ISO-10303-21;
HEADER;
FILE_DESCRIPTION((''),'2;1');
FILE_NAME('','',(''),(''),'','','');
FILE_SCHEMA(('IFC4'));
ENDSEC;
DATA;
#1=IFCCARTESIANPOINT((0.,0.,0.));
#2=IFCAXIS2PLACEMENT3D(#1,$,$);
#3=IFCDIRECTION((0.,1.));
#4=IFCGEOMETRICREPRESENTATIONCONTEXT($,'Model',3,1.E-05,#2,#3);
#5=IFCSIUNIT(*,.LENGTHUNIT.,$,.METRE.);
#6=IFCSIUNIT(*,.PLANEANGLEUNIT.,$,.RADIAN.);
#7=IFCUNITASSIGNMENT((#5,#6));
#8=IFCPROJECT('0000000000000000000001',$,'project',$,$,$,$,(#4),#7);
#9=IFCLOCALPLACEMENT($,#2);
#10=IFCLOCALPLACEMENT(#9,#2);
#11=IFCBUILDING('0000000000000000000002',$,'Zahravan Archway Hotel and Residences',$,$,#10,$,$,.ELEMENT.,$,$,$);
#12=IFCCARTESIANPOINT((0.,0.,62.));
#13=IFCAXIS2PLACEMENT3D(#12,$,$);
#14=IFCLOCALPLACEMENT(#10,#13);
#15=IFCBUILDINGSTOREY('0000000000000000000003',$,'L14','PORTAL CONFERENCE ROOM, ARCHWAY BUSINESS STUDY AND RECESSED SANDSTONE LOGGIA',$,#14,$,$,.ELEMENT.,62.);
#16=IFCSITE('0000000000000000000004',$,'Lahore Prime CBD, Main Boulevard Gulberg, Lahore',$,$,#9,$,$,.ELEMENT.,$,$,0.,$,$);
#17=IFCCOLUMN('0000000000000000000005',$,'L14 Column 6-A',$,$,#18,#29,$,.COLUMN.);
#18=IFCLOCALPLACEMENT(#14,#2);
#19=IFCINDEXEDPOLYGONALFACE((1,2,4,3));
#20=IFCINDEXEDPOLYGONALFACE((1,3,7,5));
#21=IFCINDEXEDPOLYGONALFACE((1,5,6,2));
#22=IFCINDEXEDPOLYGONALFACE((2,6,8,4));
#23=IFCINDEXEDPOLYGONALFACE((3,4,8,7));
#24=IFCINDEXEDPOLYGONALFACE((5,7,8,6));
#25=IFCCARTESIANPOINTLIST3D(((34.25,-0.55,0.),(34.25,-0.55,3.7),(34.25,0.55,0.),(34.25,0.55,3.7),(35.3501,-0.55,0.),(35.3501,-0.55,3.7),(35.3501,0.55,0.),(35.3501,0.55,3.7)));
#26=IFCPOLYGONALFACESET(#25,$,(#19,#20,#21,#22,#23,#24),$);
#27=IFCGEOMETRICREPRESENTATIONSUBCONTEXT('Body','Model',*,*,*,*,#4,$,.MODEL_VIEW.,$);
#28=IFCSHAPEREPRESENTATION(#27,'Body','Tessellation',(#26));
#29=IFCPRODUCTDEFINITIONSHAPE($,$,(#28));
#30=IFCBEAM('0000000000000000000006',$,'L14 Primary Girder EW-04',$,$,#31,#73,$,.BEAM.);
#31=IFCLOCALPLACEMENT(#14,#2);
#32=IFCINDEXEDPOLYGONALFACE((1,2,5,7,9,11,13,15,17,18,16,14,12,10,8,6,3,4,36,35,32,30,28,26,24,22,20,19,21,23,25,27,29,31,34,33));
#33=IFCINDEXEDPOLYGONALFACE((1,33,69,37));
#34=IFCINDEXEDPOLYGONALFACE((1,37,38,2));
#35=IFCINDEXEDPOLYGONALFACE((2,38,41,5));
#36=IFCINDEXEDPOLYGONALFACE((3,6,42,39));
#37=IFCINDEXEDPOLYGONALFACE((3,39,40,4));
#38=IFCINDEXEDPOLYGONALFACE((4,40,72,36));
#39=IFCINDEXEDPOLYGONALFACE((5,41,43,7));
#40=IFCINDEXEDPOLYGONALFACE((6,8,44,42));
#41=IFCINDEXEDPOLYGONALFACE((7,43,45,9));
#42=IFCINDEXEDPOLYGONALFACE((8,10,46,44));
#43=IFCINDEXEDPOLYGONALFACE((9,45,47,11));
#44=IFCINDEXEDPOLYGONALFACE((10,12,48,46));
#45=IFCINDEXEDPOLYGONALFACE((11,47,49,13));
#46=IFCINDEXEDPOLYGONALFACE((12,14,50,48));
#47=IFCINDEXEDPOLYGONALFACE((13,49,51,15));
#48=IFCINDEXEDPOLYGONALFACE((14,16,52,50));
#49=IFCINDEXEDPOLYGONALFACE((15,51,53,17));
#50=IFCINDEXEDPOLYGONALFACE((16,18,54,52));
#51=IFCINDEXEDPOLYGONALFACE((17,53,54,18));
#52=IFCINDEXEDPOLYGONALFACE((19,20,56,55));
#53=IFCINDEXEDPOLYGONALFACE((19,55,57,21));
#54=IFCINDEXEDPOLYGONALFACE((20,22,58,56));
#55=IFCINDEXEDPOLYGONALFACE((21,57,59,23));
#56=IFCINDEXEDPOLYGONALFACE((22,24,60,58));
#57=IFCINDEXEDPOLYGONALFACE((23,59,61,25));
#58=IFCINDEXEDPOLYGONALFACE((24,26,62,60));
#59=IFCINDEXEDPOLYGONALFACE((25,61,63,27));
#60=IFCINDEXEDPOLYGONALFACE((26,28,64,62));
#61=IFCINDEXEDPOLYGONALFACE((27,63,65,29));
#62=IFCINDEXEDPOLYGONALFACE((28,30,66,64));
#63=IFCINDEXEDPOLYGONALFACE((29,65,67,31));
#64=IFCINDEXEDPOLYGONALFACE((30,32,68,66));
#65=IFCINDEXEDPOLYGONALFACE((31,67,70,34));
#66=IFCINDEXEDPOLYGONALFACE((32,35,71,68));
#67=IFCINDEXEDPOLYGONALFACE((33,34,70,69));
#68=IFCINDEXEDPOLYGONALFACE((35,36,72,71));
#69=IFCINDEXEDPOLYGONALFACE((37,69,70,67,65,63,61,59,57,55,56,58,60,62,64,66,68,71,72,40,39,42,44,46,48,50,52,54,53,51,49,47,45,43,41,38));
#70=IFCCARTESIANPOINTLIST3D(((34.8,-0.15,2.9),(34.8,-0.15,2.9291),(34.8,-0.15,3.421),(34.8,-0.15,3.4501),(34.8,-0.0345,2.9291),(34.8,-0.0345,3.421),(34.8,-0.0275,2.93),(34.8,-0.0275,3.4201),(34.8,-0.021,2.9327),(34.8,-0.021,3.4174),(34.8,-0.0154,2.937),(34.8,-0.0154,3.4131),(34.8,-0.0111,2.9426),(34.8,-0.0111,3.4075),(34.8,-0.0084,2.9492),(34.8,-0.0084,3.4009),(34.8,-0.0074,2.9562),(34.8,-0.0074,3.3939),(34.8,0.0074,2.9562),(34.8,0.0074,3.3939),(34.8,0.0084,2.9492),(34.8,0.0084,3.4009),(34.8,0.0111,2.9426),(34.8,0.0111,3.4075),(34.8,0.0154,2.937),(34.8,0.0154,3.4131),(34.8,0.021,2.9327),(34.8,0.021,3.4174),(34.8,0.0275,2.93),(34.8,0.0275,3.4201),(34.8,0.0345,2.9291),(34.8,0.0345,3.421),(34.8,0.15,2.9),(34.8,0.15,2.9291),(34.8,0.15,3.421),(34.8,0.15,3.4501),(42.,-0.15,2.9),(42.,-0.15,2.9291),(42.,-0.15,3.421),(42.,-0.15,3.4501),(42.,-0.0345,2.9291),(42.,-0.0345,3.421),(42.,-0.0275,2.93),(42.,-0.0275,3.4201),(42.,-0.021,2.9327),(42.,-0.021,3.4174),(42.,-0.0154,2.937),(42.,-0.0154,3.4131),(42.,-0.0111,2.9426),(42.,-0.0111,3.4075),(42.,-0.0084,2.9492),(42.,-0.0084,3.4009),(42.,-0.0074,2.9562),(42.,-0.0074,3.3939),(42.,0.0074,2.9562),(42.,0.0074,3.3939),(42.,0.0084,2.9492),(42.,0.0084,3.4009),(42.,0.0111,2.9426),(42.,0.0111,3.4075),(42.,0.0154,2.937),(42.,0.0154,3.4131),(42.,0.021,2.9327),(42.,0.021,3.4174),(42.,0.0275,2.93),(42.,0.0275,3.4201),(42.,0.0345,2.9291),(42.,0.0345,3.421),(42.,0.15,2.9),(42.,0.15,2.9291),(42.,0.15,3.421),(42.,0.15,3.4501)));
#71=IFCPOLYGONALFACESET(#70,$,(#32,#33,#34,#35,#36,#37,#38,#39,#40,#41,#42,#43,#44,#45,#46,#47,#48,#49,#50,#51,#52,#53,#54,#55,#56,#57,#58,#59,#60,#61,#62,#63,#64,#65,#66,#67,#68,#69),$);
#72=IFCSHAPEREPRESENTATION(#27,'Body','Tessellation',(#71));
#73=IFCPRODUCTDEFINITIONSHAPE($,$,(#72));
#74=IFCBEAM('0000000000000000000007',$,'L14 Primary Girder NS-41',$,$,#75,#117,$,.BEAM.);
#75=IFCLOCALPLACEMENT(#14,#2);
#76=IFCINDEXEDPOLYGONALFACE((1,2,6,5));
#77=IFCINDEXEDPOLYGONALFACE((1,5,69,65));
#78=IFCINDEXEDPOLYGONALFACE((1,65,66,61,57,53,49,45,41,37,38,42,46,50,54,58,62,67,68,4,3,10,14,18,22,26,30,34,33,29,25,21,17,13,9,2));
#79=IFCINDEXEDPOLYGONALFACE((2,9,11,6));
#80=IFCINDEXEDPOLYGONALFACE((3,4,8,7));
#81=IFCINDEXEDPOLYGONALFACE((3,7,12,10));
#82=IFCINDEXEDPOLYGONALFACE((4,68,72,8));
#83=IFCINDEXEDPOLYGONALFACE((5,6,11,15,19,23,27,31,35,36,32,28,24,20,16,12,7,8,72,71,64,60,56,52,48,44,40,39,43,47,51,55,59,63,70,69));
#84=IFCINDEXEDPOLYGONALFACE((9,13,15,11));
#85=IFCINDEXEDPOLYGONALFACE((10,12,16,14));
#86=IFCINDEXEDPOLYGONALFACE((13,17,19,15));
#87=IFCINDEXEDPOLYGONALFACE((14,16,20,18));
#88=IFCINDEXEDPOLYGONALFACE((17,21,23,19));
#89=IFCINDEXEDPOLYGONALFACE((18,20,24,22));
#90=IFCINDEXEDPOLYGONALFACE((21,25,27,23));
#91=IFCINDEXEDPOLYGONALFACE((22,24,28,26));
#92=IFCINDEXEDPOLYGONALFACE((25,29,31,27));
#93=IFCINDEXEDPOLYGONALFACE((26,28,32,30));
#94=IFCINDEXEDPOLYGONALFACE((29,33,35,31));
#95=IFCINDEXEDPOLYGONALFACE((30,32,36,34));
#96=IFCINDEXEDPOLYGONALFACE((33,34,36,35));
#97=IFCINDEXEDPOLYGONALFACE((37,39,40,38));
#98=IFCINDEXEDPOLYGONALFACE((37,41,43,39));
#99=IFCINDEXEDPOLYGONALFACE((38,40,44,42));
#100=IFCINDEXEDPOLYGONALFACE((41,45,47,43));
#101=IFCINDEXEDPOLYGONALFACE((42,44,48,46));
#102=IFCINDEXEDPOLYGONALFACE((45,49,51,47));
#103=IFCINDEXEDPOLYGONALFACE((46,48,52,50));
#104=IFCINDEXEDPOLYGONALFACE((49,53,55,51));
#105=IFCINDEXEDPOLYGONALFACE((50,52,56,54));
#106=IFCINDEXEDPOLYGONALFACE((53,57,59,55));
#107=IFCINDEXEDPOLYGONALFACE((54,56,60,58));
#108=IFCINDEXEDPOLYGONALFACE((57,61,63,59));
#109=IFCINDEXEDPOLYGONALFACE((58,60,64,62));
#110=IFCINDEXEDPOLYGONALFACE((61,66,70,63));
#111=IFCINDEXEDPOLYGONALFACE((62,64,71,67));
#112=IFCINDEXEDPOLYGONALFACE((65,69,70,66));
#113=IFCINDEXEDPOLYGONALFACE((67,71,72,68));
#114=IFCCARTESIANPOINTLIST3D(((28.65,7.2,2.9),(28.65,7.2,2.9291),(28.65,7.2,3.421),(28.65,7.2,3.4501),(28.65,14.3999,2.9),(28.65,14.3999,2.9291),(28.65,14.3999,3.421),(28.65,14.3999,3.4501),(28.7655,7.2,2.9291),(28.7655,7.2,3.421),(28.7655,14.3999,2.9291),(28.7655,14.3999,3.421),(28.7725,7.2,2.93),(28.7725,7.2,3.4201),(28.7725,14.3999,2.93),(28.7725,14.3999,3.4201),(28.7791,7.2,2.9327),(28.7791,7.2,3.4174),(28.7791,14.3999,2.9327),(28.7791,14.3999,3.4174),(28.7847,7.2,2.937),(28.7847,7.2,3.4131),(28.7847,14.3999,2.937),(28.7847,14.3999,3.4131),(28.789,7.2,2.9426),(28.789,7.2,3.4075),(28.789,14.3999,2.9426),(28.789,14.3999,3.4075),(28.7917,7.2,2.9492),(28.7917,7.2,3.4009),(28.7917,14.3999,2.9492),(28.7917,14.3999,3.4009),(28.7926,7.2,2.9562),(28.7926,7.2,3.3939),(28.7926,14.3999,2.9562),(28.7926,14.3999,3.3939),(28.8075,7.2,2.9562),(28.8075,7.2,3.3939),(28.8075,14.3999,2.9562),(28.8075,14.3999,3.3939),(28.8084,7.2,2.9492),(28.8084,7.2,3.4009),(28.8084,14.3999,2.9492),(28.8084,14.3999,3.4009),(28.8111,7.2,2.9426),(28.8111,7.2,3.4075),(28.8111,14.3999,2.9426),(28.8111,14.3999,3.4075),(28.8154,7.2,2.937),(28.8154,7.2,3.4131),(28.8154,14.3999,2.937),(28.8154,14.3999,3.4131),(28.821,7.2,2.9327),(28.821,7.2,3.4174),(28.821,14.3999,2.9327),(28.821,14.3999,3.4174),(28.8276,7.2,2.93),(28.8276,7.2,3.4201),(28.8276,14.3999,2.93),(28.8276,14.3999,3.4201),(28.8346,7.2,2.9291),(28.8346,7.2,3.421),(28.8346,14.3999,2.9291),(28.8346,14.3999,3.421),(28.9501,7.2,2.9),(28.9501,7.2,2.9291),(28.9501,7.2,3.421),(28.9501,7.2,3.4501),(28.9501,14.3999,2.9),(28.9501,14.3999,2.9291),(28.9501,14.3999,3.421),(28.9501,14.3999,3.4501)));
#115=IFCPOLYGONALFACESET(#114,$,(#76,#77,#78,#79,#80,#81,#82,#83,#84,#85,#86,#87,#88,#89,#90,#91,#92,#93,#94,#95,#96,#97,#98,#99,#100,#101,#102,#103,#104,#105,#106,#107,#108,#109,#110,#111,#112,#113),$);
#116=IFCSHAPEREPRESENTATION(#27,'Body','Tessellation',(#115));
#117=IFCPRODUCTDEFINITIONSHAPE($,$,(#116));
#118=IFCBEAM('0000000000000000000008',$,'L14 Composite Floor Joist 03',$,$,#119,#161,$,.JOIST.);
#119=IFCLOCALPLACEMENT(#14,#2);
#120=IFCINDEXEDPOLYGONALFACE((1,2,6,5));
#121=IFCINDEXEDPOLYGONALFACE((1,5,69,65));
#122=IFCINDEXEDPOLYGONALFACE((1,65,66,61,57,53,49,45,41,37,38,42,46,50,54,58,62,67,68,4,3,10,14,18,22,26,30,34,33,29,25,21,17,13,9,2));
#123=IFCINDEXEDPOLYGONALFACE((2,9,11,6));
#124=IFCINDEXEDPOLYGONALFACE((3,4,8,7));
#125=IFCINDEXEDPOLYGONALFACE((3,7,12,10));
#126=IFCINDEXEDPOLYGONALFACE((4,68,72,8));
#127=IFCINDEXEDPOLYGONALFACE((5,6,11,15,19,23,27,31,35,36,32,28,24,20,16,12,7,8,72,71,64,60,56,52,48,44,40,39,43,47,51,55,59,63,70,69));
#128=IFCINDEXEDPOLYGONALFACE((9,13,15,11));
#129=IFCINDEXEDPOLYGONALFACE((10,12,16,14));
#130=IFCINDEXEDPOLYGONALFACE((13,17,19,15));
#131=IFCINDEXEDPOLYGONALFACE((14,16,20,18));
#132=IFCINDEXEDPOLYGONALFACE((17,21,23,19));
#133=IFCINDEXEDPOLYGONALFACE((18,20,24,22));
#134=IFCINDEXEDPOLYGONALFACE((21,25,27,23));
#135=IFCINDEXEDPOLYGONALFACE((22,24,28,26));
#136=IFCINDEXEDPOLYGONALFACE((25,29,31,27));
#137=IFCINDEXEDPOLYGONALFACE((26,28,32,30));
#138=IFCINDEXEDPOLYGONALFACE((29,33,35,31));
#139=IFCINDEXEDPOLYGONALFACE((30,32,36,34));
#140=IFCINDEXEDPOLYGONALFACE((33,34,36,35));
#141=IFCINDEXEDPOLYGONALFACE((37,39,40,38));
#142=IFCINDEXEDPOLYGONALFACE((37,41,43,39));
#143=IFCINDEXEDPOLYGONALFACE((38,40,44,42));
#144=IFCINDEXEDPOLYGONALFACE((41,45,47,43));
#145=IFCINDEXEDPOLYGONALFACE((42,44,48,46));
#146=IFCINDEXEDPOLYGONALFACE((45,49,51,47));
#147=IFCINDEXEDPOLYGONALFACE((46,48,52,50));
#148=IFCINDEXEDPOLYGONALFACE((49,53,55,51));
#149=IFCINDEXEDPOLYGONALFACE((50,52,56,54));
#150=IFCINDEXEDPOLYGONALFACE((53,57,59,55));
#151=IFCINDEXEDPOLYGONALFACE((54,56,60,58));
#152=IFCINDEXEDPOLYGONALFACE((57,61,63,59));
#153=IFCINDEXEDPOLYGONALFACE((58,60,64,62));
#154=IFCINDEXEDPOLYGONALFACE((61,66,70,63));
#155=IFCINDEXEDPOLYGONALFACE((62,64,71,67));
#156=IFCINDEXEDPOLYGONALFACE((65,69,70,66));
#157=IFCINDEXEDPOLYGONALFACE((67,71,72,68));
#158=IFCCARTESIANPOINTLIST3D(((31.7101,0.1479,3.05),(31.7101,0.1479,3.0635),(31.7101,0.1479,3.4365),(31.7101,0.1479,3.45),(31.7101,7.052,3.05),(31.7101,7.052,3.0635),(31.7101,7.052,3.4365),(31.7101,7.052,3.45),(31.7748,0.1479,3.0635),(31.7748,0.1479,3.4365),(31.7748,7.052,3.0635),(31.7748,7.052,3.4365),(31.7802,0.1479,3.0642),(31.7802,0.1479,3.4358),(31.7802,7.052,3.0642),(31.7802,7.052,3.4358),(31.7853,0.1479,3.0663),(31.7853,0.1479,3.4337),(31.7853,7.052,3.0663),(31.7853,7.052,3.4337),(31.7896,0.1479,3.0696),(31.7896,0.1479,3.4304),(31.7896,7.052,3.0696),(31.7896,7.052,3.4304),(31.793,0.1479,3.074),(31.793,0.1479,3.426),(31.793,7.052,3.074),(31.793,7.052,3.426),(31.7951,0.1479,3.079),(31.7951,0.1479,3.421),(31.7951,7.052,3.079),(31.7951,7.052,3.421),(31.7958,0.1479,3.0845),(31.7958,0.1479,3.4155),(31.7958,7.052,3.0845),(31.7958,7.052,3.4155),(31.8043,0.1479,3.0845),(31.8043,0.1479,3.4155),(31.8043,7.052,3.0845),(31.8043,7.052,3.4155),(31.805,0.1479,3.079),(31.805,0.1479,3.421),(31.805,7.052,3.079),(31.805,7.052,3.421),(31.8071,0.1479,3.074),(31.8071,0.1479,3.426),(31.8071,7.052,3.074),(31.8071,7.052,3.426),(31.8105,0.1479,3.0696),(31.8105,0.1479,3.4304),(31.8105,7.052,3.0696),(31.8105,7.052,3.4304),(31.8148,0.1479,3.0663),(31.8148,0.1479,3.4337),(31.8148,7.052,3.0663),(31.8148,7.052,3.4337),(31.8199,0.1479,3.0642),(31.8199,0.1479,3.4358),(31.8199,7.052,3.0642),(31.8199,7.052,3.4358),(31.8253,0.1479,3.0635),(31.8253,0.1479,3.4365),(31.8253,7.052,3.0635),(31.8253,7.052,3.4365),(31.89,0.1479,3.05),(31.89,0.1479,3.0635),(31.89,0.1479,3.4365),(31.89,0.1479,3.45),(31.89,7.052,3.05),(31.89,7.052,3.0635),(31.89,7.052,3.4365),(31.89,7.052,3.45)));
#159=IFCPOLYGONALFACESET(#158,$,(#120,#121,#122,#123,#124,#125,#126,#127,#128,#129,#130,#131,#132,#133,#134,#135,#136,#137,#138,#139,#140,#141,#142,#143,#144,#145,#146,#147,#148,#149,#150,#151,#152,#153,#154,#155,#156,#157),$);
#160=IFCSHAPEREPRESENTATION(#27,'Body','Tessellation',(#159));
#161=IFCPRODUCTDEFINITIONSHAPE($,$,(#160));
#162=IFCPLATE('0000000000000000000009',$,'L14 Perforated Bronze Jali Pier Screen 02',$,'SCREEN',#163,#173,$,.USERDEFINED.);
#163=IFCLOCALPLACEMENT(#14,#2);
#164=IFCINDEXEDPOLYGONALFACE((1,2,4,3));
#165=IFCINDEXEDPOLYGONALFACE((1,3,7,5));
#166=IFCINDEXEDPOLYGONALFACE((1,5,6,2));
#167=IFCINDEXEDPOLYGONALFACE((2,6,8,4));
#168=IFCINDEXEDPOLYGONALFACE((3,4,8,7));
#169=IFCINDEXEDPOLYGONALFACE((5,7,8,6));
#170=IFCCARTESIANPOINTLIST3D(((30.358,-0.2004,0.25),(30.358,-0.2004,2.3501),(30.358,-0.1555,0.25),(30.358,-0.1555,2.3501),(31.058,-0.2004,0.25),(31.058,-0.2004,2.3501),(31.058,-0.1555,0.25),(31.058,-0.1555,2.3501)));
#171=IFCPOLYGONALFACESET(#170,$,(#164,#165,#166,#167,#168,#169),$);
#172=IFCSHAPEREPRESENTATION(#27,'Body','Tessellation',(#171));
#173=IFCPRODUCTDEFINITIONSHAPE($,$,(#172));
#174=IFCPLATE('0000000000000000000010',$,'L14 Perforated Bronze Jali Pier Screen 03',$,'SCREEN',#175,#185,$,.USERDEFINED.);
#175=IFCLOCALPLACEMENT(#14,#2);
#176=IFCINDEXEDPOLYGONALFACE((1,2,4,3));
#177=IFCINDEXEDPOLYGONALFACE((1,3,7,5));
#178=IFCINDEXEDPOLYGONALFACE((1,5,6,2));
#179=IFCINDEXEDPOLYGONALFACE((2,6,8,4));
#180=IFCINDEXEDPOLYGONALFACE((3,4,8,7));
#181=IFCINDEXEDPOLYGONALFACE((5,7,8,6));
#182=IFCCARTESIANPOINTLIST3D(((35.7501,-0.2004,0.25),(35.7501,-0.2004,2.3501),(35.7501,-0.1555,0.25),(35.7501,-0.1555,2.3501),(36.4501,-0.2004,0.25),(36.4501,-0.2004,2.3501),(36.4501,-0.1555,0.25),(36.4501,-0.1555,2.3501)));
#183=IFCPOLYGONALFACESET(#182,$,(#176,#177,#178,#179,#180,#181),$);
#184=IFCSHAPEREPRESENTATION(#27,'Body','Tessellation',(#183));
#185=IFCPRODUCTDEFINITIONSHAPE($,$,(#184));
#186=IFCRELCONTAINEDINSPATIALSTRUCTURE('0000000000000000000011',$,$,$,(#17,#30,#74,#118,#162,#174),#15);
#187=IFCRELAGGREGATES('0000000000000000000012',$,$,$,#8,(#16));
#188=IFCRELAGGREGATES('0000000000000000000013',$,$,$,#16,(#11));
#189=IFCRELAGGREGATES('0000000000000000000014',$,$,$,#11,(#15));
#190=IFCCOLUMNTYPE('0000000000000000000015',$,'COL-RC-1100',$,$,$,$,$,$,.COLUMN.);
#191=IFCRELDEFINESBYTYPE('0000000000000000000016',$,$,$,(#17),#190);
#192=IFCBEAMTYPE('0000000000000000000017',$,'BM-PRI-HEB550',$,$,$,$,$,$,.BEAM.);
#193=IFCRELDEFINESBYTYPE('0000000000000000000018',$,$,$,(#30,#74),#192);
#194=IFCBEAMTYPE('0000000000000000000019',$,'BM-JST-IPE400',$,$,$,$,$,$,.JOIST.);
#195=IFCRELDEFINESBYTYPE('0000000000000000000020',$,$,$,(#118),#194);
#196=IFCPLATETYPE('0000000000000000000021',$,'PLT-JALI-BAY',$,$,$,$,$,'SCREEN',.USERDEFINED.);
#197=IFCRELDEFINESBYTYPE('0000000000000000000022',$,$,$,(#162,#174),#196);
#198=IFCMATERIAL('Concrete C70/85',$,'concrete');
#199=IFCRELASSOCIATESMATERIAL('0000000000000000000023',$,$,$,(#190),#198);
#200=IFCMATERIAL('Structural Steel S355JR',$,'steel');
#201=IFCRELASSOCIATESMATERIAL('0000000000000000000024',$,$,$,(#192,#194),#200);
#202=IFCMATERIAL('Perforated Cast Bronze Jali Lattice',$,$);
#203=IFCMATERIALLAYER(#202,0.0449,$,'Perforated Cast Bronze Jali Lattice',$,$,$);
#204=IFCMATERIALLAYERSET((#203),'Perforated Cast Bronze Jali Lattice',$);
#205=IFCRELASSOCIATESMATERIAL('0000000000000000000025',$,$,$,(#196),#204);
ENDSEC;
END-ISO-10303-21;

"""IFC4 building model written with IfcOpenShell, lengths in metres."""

from ifc_helpers import new_model, si_unit, direction, frame, origin, origin_2d, place, context, subcontext, project, spatial, rectangle, i_section, extrude, source, transform, mapped, material, layer, layer_set, material_profile, profile_set, type_object, type_shapes, element, save


model = new_model("IFC4")

# Units and contexts
model_context = context("Model", 3, precision=1e-05, world=origin(), true_north=direction((0.0, 1.0)))
body_context = subcontext(model_context, "Body", "Model", "MODEL_VIEW")
ifc_project = project(units=[si_unit("LENGTHUNIT", "METRE"), si_unit("PLANEANGLEUNIT", "RADIAN")], contexts=[model_context])

# Site, building, storey
site_placement = place(None, origin())
site = spatial("IfcSite", under=ifc_project, at=site_placement, Name="Lahore Prime CBD, Main Boulevard Gulberg, Lahore", CompositionType="ELEMENT", RefElevation=0.0)
building_placement = place(site_placement, origin())
building = spatial("IfcBuilding", under=site, at=building_placement, Name="Zahravan Archway Hotel and Residences", CompositionType="ELEMENT")
storey_placement = place(building_placement, frame((0.0, 0.0, 62.0)))
storey = spatial("IfcBuildingStorey", under=building, at=storey_placement, Name="L14", Description="PORTAL CONFERENCE ROOM, ARCHWAY BUSINESS STUDY AND RECESSED SANDSTONE LOGGIA", CompositionType="ELEMENT", Elevation=62.0)

# Column
ifc_material_1 = material(Name="Concrete C70/85", Category="concrete")
ifc_material_profile_1 = material_profile(ifc_material_1, rectangle(XDim=1.1001, YDim=1.1001, at=origin_2d()), Name="RC 1100x1100", Category="concrete")
ifc_profile_set_1 = profile_set([ifc_material_profile_1], Name="Concrete C70/85")
column_type = type_object("IfcColumnType", Name="COL-RC-1100", PredefinedType="COLUMN", material=ifc_profile_set_1)
shared_shape_1 = source(origin(), body_context, "Body", "SweptSolid", [
    extrude(rectangle(XDim=1.1001, YDim=1.1001, at=origin_2d()), origin(), (0.0, 0.0, 1.0), 3.7),
])
column_placement = place(storey_placement, frame((34.8, 0.0, 0.0), z_axis=(0.0, 0.0, 1.0), x_axis=(1.0, 0.0, 0.0)))
element("IfcColumn", 1, at=column_placement, inside=storey, type_object=column_type, Name="L14 Column 6-A", PredefinedType="COLUMN", context=body_context, shape_type="MappedRepresentation", body=[
    mapped(shared_shape_1, transform((0.0, 0.0, 0.0), scale=1.0)),
])

# Beams
ifc_material_2 = material(Name="Structural Steel S355JR", Category="steel")
ifc_material_profile_2 = material_profile(ifc_material_2, i_section(OverallWidth=0.3, OverallDepth=0.55, WebThickness=0.0149, FlangeThickness=0.0291, FilletRadius=0.0271, at=origin_2d()), Name="HEB 550", Category="steel")
ifc_profile_set_2 = profile_set([ifc_material_profile_2], Name="Structural Steel S355JR")
beam_type_1 = type_object("IfcBeamType", Name="BM-PRI-HEB550", PredefinedType="BEAM", material=ifc_profile_set_2)
shared_shape_2 = source(origin(), body_context, "Body", "SweptSolid", [
    extrude(i_section(OverallWidth=0.3, OverallDepth=0.55, WebThickness=0.0149, FlangeThickness=0.0291, FilletRadius=0.0271, at=origin_2d()), origin(), (0.0, 0.0, 1.0), 7.2),
])
for number, where, z_axis, x_axis, name in (
    (2, (34.8, 0.0, 3.175), (1.0, 0.0, 0.0), (0.0, 1.0, 0.0), "L14 Primary Girder EW-04"),
    (3, (28.8, 7.2, 3.175), (0.0, 1.0, 0.0), (-1.0, 0.0, 0.0), "L14 Primary Girder NS-41"),
):
    element("IfcBeam", number, at=place(storey_placement, frame(where, z_axis=z_axis, x_axis=x_axis)), inside=storey, type_object=beam_type_1, Name=name, PredefinedType="BEAM", context=body_context, shape_type="MappedRepresentation", body=[
        mapped(shared_shape_2, transform((0.0, 0.0, 0.0), scale=1.0)),
    ])
ifc_material_profile_3 = material_profile(ifc_material_2, i_section(OverallWidth=0.1799, OverallDepth=0.3999, WebThickness=0.0085, FlangeThickness=0.0134, FilletRadius=0.021, at=origin_2d()), Name="IPE 400", Category="steel")
ifc_profile_set_3 = profile_set([ifc_material_profile_3], Name="Structural Steel S355JR")
beam_type_2 = type_object("IfcBeamType", Name="BM-JST-IPE400", PredefinedType="JOIST", material=ifc_profile_set_3)
shared_shape_3 = source(origin(), body_context, "Body", "SweptSolid", [
    extrude(i_section(OverallWidth=0.1799, OverallDepth=0.3999, WebThickness=0.0085, FlangeThickness=0.0134, FilletRadius=0.021, at=origin_2d()), origin(), (0.0, 0.0, 1.0), 6.9041),
])
type_shapes(beam_type_2, [shared_shape_3])
beam_placement = place(storey_placement, frame((31.8, 0.1479, 3.25), z_axis=(0.0, 1.0, 0.0), x_axis=(-1.0, 0.0, 0.0)))
element("IfcBeam", 4, at=beam_placement, inside=storey, type_object=beam_type_2, Name="L14 Composite Floor Joist 03", PredefinedType="JOIST", context=body_context, shape_type="MappedRepresentation", body=[
    mapped(shared_shape_3, transform((0.0, 0.0, 0.0), scale=1.0)),
])

# Plates
ifc_material_3 = material(Name="Perforated Cast Bronze Jali Lattice")
ifc_layer_1 = layer(ifc_material_3, 0.0449, Name="Perforated Cast Bronze Jali Lattice")
ifc_layer_set_1 = layer_set([ifc_layer_1], Name="Perforated Cast Bronze Jali Lattice")
plate_type = type_object("IfcPlateType", Name="PLT-JALI-BAY", ElementType="SCREEN", PredefinedType="USERDEFINED", material=ifc_layer_set_1)
shared_shape_4 = source(origin(), body_context, "Body", "SweptSolid", [
    extrude(rectangle(XDim=0.7, YDim=0.0449, at=origin_2d()), origin(), (0.0, 0.0, 1.0), 2.1001),
])
type_shapes(plate_type, [shared_shape_4])
for number, where, z_axis, x_axis, name in (
    (5, (30.708, -0.178, 0.25), (0.0, 0.0, 1.0), (1.0, 0.0, 0.0), "L14 Perforated Bronze Jali Pier Screen 02"),
    (6, (36.1001, -0.178, 0.25), (0.0, 0.0, 1.0), (1.0, 0.0, 0.0), "L14 Perforated Bronze Jali Pier Screen 03"),
):
    element("IfcPlate", number, at=place(storey_placement, frame(where, z_axis=z_axis, x_axis=x_axis)), inside=storey, type_object=plate_type, Name=name, ObjectType="SCREEN", PredefinedType="USERDEFINED", context=body_context, shape_type="MappedRepresentation", body=[
        mapped(shared_shape_4, transform((0.0, 0.0, 0.0), scale=1.0)),
    ])

save(model, "model.ifc")
